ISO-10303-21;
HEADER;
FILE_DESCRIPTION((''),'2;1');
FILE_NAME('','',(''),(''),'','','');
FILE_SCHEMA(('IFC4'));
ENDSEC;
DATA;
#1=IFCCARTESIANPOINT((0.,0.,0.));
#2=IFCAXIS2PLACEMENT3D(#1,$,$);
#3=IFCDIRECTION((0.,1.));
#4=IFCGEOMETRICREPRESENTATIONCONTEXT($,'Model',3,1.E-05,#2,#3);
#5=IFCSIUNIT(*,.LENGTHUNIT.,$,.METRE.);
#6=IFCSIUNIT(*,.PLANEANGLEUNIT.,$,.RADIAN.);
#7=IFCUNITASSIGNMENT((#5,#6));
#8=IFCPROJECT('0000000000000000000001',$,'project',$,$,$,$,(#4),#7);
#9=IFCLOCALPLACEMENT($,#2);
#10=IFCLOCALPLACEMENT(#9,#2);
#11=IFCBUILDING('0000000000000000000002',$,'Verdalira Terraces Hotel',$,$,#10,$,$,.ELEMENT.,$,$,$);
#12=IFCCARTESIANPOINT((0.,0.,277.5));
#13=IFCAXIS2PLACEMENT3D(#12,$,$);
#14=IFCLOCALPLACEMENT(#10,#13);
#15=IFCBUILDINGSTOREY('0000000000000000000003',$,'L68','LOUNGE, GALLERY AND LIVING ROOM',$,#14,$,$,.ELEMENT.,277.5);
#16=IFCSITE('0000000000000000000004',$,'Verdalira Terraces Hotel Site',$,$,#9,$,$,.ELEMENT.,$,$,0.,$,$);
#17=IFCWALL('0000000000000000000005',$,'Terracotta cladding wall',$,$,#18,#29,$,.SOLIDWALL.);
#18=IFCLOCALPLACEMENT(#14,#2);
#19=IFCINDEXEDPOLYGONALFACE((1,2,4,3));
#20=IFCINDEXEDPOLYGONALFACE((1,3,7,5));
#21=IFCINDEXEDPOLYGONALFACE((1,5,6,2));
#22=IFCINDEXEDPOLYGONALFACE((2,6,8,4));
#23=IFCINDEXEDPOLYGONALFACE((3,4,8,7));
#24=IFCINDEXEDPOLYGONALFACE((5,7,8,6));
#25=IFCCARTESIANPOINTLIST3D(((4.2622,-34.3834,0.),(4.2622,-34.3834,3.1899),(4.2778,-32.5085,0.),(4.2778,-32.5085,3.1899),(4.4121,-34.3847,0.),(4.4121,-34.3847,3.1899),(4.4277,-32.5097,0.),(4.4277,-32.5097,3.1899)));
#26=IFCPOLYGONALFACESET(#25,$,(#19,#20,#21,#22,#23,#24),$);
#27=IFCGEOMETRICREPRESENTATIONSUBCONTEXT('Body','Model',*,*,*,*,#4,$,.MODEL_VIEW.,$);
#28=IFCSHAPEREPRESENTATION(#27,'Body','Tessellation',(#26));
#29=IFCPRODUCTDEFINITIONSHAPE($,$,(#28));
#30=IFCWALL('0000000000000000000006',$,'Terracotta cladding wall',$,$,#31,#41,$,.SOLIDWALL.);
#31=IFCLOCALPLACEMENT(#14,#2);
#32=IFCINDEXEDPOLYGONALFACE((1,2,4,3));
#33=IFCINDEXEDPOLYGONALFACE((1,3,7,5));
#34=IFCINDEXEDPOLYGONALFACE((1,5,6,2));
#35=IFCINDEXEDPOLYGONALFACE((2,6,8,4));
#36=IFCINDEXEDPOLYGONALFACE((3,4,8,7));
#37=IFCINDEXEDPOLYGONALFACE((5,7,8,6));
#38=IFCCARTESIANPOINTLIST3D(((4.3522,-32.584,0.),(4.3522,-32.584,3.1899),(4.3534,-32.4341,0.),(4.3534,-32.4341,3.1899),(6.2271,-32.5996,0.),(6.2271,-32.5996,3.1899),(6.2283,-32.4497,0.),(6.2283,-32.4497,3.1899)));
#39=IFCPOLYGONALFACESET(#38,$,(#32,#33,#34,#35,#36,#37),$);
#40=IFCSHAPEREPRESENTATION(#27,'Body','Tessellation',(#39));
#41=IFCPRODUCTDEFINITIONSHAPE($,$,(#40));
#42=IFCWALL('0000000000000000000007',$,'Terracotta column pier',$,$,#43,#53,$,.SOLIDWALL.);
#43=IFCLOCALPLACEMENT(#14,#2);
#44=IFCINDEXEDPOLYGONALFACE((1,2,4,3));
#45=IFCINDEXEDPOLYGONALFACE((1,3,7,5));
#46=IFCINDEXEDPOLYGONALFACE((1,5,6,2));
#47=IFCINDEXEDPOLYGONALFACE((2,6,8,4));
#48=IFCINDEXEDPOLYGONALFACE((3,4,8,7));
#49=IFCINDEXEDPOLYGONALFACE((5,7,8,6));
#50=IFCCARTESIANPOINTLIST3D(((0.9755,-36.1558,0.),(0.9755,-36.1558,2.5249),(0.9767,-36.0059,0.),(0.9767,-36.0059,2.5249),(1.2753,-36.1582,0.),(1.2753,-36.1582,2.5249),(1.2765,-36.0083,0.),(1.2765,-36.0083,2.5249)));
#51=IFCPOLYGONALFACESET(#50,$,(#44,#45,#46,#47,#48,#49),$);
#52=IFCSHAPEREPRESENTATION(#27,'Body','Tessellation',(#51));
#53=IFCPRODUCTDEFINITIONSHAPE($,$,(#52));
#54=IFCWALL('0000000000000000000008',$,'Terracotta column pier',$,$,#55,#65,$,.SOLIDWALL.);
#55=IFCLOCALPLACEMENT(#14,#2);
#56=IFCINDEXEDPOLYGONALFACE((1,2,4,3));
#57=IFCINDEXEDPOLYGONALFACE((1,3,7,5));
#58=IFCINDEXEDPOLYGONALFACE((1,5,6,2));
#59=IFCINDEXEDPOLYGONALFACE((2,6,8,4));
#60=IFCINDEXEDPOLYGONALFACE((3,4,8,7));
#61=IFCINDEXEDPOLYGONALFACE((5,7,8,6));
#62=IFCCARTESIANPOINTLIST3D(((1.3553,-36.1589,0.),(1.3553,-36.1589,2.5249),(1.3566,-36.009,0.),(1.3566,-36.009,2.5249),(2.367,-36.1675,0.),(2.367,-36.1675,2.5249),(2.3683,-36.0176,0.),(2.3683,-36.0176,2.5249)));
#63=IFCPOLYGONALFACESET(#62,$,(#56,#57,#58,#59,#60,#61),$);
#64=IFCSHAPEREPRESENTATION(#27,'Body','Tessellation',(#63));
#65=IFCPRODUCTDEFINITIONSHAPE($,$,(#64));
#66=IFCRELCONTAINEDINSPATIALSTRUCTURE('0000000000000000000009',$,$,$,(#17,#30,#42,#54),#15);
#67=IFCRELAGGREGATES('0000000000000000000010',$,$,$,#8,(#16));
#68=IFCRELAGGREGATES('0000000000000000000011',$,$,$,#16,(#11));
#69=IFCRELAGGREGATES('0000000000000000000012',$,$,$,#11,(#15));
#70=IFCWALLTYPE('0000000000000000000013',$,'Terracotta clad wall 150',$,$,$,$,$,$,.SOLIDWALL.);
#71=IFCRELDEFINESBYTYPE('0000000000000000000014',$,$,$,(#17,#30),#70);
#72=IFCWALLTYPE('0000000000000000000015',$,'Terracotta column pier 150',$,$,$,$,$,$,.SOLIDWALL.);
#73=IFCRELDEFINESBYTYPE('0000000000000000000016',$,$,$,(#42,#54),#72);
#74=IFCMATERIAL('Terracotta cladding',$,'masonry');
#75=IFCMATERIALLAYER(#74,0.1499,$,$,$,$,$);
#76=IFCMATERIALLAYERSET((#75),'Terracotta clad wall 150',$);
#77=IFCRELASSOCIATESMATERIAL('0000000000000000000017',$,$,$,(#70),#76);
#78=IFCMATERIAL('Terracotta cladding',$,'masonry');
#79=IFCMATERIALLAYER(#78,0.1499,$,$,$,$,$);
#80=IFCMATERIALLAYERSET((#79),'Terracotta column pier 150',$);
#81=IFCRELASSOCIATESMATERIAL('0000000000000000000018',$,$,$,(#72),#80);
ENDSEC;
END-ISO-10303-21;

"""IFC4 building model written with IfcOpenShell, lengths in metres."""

from ifc_helpers import new_model, si_unit, direction, frame, frame_2d, origin, place, context, subcontext, project, spatial, rectangle, extrude, material, layer, layer_set, type_object, element, save


model = new_model("IFC4")

# Units and contexts
model_context = context("Model", 3, precision=1e-05, world=origin(), true_north=direction((0.0, 1.0)))
body_context = subcontext(model_context, "Body", "Model", "MODEL_VIEW")
ifc_project = project(units=[si_unit("LENGTHUNIT", "METRE"), si_unit("PLANEANGLEUNIT", "RADIAN")], contexts=[model_context])

# Site, building, storey
site_placement = place(None, origin())
site = spatial("IfcSite", under=ifc_project, at=site_placement, Name="Verdalira Terraces Hotel Site", CompositionType="ELEMENT", RefElevation=0.0)
building_placement = place(site_placement, origin())
building = spatial("IfcBuilding", under=site, at=building_placement, Name="Verdalira Terraces Hotel", CompositionType="ELEMENT")
storey_placement = place(building_placement, frame((0.0, 0.0, 277.5)))
storey = spatial("IfcBuildingStorey", under=building, at=storey_placement, Name="L68", Description="LOUNGE, GALLERY AND LIVING ROOM", CompositionType="ELEMENT", Elevation=277.5)

# Walls
ifc_material_1 = material(Name="Terracotta cladding", Category="masonry")
ifc_layer_1 = layer(ifc_material_1, 0.1499)
ifc_layer_set_1 = layer_set([ifc_layer_1], Name="Terracotta clad wall 150")
wall_type_1 = type_object("IfcWallType", Name="Terracotta clad wall 150", PredefinedType="SOLIDWALL", material=ifc_layer_set_1)
for number, where, z_axis, x_axis, name in (
    (1, (4.3372, -34.384, 0.0), (0.0, 0.0, 1.0), (0.008333, 0.999965, 0.0), "Terracotta cladding wall"),
    (2, (4.3528, -32.509, 0.0), (0.0, 0.0, 1.0), (0.999965, -0.008333, 0.0), "Terracotta cladding wall"),
):
    element("IfcWall", number, at=place(storey_placement, frame(where, z_axis=z_axis, x_axis=x_axis)), inside=storey, type_object=wall_type_1, Name=name, PredefinedType="SOLIDWALL", context=body_context, shape_type="SweptSolid", body=[
        extrude(rectangle(XDim=1.875, YDim=0.1499, at=frame_2d((0.9375, 0.0))), origin(), (0.0, 0.0, 1.0), 3.1899),
    ])
ifc_material_2 = material(Name="Terracotta cladding", Category="masonry")
ifc_layer_2 = layer(ifc_material_2, 0.1499)
ifc_layer_set_2 = layer_set([ifc_layer_2], Name="Terracotta column pier 150")
wall_type_2 = type_object("IfcWallType", Name="Terracotta column pier 150", PredefinedType="SOLIDWALL", material=ifc_layer_set_2)
wall_1_placement = place(storey_placement, frame((0.9761, -36.0808, 0.0), z_axis=(0.0, 0.0, 1.0), x_axis=(0.999967, -0.008143, 0.0)))
element("IfcWall", 3, at=wall_1_placement, inside=storey, type_object=wall_type_2, Name="Terracotta column pier", PredefinedType="SOLIDWALL", context=body_context, shape_type="SweptSolid", body=[
    extrude(rectangle(XDim=0.2998, YDim=0.1499, at=frame_2d((0.1499, 0.0))), origin(), (0.0, 0.0, 1.0), 2.5249),
])
wall_2_placement = place(storey_placement, frame((1.356, -36.084, 0.0), z_axis=(0.0, 0.0, 1.0), x_axis=(0.999964, -0.008446, 0.0)))
element("IfcWall", 4, at=wall_2_placement, inside=storey, type_object=wall_type_2, Name="Terracotta column pier", PredefinedType="SOLIDWALL", context=body_context, shape_type="SweptSolid", body=[
    extrude(rectangle(XDim=1.0117, YDim=0.1499, at=frame_2d((0.5059, 0.0))), origin(), (0.0, 0.0, 1.0), 2.5249),
])

save(model, "model.ifc")
